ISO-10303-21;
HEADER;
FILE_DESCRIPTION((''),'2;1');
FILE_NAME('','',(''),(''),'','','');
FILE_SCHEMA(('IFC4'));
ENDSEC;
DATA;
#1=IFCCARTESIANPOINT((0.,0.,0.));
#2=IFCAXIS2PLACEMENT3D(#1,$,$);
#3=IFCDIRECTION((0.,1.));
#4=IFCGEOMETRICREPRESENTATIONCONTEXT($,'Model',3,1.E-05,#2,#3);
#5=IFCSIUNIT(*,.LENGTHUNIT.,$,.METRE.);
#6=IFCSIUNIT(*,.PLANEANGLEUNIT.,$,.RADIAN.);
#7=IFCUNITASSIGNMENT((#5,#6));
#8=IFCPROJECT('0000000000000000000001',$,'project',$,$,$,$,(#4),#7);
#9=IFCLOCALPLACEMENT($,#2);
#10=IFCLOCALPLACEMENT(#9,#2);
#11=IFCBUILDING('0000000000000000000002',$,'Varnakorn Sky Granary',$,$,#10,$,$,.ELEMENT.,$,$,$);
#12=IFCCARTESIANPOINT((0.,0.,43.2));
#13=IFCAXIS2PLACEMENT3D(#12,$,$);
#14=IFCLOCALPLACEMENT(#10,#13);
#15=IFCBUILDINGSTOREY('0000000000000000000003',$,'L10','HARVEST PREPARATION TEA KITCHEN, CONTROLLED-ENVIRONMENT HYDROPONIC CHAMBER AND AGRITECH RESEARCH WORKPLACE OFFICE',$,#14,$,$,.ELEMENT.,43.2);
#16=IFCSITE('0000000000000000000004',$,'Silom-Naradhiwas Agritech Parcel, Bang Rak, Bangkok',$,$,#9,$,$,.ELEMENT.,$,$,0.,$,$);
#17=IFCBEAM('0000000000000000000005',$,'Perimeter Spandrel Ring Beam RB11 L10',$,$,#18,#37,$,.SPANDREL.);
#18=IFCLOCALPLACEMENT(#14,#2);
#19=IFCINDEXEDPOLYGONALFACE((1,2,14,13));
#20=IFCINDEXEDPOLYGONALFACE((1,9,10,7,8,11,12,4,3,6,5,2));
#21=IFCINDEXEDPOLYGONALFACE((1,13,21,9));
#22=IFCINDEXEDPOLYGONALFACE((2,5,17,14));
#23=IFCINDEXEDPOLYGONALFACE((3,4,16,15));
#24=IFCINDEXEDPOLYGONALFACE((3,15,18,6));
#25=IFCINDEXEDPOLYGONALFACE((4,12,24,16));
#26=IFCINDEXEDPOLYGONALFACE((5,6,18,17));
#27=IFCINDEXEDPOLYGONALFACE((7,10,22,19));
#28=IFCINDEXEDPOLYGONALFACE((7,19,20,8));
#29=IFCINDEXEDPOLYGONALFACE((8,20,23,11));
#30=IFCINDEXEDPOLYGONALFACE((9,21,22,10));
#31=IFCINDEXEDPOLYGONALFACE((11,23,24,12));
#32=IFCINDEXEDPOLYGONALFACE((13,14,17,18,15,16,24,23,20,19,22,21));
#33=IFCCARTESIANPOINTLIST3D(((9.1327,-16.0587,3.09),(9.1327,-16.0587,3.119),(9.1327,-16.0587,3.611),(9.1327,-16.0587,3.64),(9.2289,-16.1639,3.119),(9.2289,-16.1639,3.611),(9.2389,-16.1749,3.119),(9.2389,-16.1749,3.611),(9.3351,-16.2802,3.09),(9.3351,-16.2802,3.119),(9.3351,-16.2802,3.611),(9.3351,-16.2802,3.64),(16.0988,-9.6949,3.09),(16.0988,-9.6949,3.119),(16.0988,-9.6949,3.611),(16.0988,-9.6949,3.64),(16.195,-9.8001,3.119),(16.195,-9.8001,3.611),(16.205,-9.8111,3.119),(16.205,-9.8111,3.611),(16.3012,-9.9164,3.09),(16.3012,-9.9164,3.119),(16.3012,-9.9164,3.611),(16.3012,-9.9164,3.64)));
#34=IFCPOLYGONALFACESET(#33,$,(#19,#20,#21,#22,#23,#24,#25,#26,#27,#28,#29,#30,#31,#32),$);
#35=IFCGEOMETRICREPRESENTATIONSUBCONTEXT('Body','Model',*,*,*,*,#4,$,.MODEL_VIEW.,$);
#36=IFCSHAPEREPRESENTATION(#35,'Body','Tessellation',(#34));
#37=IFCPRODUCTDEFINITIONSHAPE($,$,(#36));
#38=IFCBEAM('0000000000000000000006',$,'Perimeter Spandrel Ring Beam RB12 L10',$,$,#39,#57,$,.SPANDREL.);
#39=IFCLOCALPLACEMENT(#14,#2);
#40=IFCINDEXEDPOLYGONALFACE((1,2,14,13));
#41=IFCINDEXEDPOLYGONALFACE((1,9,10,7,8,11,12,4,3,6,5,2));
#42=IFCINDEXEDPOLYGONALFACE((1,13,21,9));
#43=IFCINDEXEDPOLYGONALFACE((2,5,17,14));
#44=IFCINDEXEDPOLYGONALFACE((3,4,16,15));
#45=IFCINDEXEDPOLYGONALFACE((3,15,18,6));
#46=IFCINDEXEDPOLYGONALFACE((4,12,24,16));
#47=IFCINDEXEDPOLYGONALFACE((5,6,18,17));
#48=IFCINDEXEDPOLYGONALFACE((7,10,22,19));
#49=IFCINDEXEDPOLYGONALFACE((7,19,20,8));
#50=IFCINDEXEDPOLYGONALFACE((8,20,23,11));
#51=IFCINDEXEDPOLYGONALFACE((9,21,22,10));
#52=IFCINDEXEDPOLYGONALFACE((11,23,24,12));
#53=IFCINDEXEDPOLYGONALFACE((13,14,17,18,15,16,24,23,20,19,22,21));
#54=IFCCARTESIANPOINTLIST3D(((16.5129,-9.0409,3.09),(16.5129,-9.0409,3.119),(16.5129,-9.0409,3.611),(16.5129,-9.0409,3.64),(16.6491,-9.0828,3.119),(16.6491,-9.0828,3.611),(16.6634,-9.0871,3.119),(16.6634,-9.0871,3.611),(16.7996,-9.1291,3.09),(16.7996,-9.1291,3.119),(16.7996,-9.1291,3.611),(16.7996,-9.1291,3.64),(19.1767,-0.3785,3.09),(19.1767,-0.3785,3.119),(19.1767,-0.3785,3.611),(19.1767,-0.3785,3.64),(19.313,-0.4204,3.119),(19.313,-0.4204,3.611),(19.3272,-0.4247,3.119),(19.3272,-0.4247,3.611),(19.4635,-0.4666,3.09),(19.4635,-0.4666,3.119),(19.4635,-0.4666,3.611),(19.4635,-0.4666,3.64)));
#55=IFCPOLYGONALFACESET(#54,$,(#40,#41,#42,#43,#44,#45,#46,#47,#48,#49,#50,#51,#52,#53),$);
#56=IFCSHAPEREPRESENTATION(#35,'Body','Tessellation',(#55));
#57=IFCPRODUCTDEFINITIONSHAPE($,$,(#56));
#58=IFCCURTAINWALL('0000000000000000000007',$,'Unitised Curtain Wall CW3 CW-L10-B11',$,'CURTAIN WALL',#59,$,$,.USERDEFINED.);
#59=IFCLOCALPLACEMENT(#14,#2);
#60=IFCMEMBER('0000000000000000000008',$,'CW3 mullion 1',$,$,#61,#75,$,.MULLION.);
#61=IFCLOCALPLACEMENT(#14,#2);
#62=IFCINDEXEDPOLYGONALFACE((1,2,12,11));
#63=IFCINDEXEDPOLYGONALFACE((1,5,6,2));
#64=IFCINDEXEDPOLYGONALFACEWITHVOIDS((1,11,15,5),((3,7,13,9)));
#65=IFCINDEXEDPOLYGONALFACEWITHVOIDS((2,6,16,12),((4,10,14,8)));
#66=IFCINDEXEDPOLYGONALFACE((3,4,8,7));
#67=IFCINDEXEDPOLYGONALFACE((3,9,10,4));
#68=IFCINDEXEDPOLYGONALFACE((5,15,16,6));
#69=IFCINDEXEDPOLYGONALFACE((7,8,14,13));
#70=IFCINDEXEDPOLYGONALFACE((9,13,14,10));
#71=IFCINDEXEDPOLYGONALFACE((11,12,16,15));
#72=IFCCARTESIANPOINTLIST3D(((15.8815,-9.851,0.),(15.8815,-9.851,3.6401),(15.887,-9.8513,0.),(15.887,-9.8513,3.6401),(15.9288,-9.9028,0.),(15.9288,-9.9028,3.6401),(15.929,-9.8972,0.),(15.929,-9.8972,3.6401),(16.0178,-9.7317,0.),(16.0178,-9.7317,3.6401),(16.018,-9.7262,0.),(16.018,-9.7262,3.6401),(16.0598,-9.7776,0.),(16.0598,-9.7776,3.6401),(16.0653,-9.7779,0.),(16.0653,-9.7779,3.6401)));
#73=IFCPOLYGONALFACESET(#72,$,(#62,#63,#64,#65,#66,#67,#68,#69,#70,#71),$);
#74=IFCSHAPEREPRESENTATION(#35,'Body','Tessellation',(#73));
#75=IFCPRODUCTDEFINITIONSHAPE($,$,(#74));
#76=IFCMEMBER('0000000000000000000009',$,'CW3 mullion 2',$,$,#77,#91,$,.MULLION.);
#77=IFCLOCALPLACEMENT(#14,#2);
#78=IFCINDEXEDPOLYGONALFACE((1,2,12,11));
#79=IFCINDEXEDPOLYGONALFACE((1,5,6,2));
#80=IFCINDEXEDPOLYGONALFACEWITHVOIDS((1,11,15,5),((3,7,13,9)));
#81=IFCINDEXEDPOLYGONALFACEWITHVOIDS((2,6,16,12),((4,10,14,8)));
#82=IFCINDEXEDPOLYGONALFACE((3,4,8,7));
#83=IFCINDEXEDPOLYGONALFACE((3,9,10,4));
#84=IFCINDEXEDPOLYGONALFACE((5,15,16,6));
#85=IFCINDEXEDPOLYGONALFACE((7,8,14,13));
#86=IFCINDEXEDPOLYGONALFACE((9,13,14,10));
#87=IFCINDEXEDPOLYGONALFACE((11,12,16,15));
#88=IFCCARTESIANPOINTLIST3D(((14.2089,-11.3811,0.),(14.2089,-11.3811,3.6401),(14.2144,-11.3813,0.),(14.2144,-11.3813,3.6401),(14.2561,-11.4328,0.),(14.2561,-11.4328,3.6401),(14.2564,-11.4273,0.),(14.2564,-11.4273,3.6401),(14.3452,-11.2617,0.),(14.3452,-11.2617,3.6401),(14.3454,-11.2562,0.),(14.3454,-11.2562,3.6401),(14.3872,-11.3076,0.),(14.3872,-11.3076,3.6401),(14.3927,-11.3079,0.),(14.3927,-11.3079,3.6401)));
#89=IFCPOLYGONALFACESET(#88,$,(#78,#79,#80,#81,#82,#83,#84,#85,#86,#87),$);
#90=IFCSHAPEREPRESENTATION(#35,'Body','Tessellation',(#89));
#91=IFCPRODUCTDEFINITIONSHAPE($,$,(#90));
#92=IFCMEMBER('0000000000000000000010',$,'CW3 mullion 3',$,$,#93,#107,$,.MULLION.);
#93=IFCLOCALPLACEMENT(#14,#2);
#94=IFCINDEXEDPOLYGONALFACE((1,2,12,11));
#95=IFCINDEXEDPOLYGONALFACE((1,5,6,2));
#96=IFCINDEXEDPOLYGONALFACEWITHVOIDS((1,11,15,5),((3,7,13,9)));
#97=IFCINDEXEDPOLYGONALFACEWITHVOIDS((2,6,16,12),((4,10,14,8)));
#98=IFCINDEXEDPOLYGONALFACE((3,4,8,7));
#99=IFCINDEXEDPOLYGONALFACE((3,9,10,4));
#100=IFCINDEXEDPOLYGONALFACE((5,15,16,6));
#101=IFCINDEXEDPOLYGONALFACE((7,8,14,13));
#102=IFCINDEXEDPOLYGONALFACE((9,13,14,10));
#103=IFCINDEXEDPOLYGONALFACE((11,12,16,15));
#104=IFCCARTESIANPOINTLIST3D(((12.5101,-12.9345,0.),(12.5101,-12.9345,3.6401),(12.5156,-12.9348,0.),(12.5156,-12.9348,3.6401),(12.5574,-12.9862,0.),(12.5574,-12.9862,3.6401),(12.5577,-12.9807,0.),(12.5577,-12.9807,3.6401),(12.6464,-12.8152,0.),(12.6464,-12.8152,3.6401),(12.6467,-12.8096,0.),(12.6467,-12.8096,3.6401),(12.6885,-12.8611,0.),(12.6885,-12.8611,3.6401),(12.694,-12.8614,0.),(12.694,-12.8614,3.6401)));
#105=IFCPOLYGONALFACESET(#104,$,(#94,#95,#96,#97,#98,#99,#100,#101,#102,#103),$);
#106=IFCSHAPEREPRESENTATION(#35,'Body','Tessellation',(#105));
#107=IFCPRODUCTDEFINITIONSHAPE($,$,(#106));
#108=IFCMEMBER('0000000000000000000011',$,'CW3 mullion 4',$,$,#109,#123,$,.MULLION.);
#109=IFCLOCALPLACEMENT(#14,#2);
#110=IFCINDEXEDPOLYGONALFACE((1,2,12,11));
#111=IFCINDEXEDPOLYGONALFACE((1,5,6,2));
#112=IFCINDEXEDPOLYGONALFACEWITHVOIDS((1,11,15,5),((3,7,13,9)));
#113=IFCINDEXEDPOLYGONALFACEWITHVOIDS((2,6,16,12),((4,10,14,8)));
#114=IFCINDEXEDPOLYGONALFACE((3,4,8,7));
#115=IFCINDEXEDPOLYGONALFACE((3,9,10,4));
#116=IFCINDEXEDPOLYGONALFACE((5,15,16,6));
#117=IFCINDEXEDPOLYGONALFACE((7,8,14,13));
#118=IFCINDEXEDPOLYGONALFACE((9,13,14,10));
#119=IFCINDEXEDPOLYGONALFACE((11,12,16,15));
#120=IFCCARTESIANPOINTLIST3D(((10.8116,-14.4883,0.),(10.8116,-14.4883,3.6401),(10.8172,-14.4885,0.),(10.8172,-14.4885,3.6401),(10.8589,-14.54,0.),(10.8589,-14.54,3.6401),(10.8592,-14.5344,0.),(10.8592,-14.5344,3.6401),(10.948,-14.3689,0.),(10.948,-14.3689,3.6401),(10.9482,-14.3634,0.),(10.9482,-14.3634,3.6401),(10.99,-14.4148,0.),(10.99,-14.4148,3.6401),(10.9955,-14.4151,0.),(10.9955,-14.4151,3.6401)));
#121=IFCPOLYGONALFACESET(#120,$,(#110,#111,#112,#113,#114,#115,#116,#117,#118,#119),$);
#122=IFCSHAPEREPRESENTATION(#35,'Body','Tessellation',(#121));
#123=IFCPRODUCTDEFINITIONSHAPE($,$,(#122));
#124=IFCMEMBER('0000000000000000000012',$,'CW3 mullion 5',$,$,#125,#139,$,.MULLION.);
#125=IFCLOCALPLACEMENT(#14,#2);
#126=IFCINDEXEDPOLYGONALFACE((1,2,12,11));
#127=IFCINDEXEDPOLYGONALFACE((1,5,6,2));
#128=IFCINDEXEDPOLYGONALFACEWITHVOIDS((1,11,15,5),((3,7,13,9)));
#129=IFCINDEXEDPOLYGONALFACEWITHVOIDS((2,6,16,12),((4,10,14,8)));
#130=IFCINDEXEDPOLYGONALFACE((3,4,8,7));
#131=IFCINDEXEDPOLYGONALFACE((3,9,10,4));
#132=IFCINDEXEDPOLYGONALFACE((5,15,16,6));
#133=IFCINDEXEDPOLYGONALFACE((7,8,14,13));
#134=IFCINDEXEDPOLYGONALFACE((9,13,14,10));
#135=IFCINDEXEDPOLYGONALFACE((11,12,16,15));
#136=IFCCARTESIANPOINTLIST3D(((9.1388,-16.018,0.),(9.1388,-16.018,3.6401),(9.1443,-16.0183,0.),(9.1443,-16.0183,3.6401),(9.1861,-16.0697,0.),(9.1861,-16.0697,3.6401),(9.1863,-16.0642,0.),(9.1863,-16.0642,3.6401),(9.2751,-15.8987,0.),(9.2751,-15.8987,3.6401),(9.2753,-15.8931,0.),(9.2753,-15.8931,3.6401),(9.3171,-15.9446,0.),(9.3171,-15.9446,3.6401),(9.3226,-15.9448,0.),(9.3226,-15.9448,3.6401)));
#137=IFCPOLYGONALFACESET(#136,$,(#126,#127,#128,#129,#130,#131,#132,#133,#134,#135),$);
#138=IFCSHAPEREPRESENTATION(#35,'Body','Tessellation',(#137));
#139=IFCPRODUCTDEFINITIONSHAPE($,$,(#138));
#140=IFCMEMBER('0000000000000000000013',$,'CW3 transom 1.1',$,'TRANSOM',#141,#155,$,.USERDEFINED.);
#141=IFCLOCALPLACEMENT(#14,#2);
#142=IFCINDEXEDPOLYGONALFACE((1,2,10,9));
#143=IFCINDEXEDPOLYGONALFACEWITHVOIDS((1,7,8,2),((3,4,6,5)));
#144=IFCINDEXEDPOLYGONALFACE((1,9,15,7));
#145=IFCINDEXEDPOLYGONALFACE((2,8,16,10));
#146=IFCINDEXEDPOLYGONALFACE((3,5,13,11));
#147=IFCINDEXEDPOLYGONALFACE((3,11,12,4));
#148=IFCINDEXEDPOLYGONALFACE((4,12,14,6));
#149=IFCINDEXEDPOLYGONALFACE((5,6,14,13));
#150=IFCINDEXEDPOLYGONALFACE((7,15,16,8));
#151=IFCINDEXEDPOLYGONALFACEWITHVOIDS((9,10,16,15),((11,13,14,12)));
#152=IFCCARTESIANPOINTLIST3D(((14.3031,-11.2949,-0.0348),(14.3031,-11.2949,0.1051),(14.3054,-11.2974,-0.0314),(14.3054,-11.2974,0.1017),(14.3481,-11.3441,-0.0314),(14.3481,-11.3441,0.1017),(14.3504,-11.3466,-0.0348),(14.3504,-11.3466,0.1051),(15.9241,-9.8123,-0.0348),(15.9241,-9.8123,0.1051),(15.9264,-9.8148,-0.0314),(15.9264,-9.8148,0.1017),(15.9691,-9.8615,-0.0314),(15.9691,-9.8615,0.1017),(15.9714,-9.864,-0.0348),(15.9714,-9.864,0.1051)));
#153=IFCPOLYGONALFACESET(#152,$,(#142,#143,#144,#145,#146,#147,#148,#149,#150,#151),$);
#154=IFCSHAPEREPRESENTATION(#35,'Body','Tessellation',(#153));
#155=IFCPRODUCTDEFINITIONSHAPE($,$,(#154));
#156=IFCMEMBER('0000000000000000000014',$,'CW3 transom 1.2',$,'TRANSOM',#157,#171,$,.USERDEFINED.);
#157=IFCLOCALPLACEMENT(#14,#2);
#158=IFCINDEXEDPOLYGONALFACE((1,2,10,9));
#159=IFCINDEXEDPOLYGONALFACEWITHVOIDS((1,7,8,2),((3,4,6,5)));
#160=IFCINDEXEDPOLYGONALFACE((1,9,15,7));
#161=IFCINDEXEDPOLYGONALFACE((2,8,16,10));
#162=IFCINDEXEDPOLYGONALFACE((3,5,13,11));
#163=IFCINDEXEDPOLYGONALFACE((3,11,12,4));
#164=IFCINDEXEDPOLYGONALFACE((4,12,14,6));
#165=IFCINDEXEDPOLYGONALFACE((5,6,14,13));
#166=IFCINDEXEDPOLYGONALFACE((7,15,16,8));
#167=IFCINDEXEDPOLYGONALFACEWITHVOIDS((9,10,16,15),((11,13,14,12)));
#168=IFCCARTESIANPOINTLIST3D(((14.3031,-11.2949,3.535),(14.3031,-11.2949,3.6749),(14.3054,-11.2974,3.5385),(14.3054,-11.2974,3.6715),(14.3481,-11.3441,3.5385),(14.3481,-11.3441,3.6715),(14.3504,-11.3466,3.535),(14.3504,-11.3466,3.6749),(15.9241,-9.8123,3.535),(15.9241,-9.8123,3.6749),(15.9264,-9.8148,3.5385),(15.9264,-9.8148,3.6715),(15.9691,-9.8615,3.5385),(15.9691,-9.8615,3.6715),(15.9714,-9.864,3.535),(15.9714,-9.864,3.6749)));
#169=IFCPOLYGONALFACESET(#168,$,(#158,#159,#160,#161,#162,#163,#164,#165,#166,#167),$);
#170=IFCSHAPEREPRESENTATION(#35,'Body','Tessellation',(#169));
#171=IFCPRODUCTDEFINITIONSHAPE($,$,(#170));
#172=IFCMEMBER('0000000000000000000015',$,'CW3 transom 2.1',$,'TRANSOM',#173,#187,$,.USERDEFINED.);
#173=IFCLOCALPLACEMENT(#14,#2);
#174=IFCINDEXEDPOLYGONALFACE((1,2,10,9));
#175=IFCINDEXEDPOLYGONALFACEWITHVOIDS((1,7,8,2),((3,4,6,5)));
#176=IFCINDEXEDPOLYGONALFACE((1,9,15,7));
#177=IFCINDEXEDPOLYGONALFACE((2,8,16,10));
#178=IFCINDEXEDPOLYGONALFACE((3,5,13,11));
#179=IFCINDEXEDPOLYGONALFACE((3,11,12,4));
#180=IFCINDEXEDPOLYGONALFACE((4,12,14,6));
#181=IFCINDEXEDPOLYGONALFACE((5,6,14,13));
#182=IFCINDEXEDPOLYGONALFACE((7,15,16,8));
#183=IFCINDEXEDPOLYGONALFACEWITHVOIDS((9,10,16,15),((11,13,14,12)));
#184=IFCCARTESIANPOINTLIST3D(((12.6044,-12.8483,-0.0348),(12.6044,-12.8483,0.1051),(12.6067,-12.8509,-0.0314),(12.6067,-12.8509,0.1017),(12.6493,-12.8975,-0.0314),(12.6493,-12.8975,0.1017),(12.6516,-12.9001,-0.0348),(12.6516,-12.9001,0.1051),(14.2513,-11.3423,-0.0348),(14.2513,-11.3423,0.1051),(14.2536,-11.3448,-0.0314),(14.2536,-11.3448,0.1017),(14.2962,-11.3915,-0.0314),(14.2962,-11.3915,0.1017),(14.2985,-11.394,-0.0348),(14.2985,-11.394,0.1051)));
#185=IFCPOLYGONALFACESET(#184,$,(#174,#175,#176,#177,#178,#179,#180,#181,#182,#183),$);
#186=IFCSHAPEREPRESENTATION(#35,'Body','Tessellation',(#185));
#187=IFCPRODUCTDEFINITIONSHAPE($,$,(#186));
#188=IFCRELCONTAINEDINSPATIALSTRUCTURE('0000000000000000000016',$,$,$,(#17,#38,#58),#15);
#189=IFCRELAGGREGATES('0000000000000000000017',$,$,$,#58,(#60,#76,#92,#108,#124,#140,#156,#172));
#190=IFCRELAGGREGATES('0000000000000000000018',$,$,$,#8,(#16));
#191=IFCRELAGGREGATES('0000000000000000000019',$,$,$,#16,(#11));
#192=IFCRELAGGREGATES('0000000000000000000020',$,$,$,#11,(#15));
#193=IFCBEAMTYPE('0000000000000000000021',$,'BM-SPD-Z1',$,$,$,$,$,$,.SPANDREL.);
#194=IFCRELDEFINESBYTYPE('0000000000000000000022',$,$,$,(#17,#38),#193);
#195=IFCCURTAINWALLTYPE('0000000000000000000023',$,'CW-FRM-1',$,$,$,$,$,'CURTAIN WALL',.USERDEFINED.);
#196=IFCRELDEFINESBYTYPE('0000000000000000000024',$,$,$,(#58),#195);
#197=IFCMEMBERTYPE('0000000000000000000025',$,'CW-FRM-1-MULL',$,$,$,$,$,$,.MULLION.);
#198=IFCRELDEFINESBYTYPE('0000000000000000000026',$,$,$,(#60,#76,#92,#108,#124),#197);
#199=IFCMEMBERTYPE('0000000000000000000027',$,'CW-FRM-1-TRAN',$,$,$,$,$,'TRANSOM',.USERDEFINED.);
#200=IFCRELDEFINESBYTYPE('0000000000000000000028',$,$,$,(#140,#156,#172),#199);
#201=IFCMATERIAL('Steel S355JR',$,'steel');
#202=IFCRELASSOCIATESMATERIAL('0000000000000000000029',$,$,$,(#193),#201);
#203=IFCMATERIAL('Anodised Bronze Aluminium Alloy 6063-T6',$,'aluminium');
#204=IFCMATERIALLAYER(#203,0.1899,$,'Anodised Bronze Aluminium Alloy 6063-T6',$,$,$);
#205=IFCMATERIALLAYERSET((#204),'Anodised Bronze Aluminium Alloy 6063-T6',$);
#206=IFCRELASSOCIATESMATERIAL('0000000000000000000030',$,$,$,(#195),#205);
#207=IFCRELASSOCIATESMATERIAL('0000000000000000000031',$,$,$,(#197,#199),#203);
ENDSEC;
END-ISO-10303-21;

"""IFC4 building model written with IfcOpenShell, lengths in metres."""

from ifc_helpers import new_model, si_unit, direction, frame, origin, origin_2d, place, context, subcontext, project, spatial, hollow_rectangle, i_section, extrude, material, layer, layer_set, material_profile, profile_set, type_object, element, aggregate, save


model = new_model("IFC4")

# Units and contexts
model_context = context("Model", 3, precision=1e-05, world=origin(), true_north=direction((0.0, 1.0)))
body_context = subcontext(model_context, "Body", "Model", "MODEL_VIEW")
ifc_project = project(units=[si_unit("LENGTHUNIT", "METRE"), si_unit("PLANEANGLEUNIT", "RADIAN")], contexts=[model_context])

# Site, building, storey
site_placement = place(None, origin())
site = spatial("IfcSite", under=ifc_project, at=site_placement, Name="Silom-Naradhiwas Agritech Parcel, Bang Rak, Bangkok", CompositionType="ELEMENT", RefElevation=0.0)
building_placement = place(site_placement, origin())
building = spatial("IfcBuilding", under=site, at=building_placement, Name="Varnakorn Sky Granary", CompositionType="ELEMENT")
storey_placement = place(building_placement, frame((0.0, 0.0, 43.2)))
storey = spatial("IfcBuildingStorey", under=building, at=storey_placement, Name="L10", Description="HARVEST PREPARATION TEA KITCHEN, CONTROLLED-ENVIRONMENT HYDROPONIC CHAMBER AND AGRITECH RESEARCH WORKPLACE OFFICE", CompositionType="ELEMENT", Elevation=43.2)

# Beams
ifc_material_1 = material(Name="Steel S355JR", Category="steel")
ifc_material_profile_1 = material_profile(ifc_material_1, i_section(OverallWidth=0.3, OverallDepth=0.55, WebThickness=0.0149, FlangeThickness=0.0291, at=origin_2d()), Name="HE 550 B")
ifc_profile_set_1 = profile_set([ifc_material_profile_1], Name="Steel S355JR")
beam_type_1 = type_object("IfcBeamType", Name="BM-SPD-Z1", PredefinedType="SPANDREL", material=ifc_profile_set_1)
beam_1_placement = place(storey_placement, frame((9.2339, -16.1694, 3.365), z_axis=(0.738303, 0.674469, 0.0), x_axis=(-0.674469, 0.738303, 0.0)))
element("IfcBeam", 1, at=beam_1_placement, inside=storey, type_object=beam_type_1, Name="Perimeter Spandrel Ring Beam RB11 L10", PredefinedType="SPANDREL", context=body_context, shape_type="SweptSolid", body=[
    extrude(i_section(OverallWidth=0.3, OverallDepth=0.55, WebThickness=0.0149, FlangeThickness=0.0291, at=origin_2d()), origin(), (0.0, 0.0, 1.0), 9.4353),
])
beam_2_placement = place(storey_placement, frame((16.6562, -9.085, 3.365), z_axis=(0.293933, 0.955826, 0.0), x_axis=(-0.955826, 0.293933, 0.0)))
element("IfcBeam", 2, at=beam_2_placement, inside=storey, type_object=beam_type_1, Name="Perimeter Spandrel Ring Beam RB12 L10", PredefinedType="SPANDREL", context=body_context, shape_type="SweptSolid", body=[
    extrude(i_section(OverallWidth=0.3, OverallDepth=0.55, WebThickness=0.0149, FlangeThickness=0.0291, at=origin_2d()), origin(), (0.0, 0.0, 1.0), 9.0627),
])

# Curtain wall, members
ifc_material_2 = material(Name="Anodised Bronze Aluminium Alloy 6063-T6", Category="aluminium")
ifc_layer_1 = layer(ifc_material_2, 0.1899, Name="Anodised Bronze Aluminium Alloy 6063-T6")
ifc_layer_set_1 = layer_set([ifc_layer_1], Name="Anodised Bronze Aluminium Alloy 6063-T6")
curtain_wall_type = type_object("IfcCurtainWallType", Name="CW-FRM-1", ElementType="CURTAIN WALL", PredefinedType="USERDEFINED", material=ifc_layer_set_1)
curtain_wall_placement = place(storey_placement, origin())
curtain_wall = element("IfcCurtainWall", 3, at=curtain_wall_placement, inside=storey, type_object=curtain_wall_type, Name="Unitised Curtain Wall CW3 CW-L10-B11", ObjectType="CURTAIN WALL", PredefinedType="USERDEFINED")
ifc_material_profile_2 = material_profile(ifc_material_2, hollow_rectangle(XDim=0.0701, YDim=0.1851, WallThickness=0.0039, at=origin_2d()), Name="ALU MULL 70x185")
ifc_profile_set_2 = profile_set([ifc_material_profile_2], Name="Anodised Bronze Aluminium Alloy 6063-T6")
member_type_1 = type_object("IfcMemberType", Name="CW-FRM-1-MULL", PredefinedType="MULLION", material=ifc_profile_set_2)
member_1_placement = place(storey_placement, frame((15.9734, -9.8145, 0.0), z_axis=(0.0, 0.0, 1.0), x_axis=(0.674903, -0.737906, 0.0)))
member_1 = element("IfcMember", 4, at=member_1_placement, type_object=member_type_1, Name="CW3 mullion 1", PredefinedType="MULLION", context=body_context, shape_type="SweptSolid", body=[
    extrude(hollow_rectangle(XDim=0.0701, YDim=0.1851, WallThickness=0.0039, at=origin_2d()), origin(), (0.0, 0.0, 1.0), 3.6401),
])
member_2_placement = place(storey_placement, frame((14.3008, -11.3445, 0.0), z_axis=(0.0, 0.0, 1.0), x_axis=(0.674903, -0.737906, 0.0)))
member_2 = element("IfcMember", 5, at=member_2_placement, type_object=member_type_1, Name="CW3 mullion 2", PredefinedType="MULLION", context=body_context, shape_type="SweptSolid", body=[
    extrude(hollow_rectangle(XDim=0.0701, YDim=0.1851, WallThickness=0.0039, at=origin_2d()), origin(), (0.0, 0.0, 1.0), 3.6401),
])
member_3_placement = place(storey_placement, frame((12.6021, -12.8979, 0.0), z_axis=(0.0, 0.0, 1.0), x_axis=(0.674903, -0.737906, 0.0)))
member_3 = element("IfcMember", 6, at=member_3_placement, type_object=member_type_1, Name="CW3 mullion 3", PredefinedType="MULLION", context=body_context, shape_type="SweptSolid", body=[
    extrude(hollow_rectangle(XDim=0.0701, YDim=0.1851, WallThickness=0.0039, at=origin_2d()), origin(), (0.0, 0.0, 1.0), 3.6401),
])
member_4_placement = place(storey_placement, frame((10.9036, -14.4517, 0.0), z_axis=(0.0, 0.0, 1.0), x_axis=(0.674903, -0.737906, 0.0)))
member_4 = element("IfcMember", 7, at=member_4_placement, type_object=member_type_1, Name="CW3 mullion 4", PredefinedType="MULLION", context=body_context, shape_type="SweptSolid", body=[
    extrude(hollow_rectangle(XDim=0.0701, YDim=0.1851, WallThickness=0.0039, at=origin_2d()), origin(), (0.0, 0.0, 1.0), 3.6401),
])
member_5_placement = place(storey_placement, frame((9.2307, -15.9814, 0.0), z_axis=(0.0, 0.0, 1.0), x_axis=(0.674903, -0.737906, 0.0)))
member_5 = element("IfcMember", 8, at=member_5_placement, type_object=member_type_1, Name="CW3 mullion 5", PredefinedType="MULLION", context=body_context, shape_type="SweptSolid", body=[
    extrude(hollow_rectangle(XDim=0.0701, YDim=0.1851, WallThickness=0.0039, at=origin_2d()), origin(), (0.0, 0.0, 1.0), 3.6401),
])
ifc_material_profile_3 = material_profile(ifc_material_2, hollow_rectangle(XDim=0.0701, YDim=0.1399, WallThickness=0.0034, at=origin_2d()), Name="ALU TRAN 70x140")
ifc_profile_set_3 = profile_set([ifc_material_profile_3], Name="Anodised Bronze Aluminium Alloy 6063-T6")
member_type_2 = type_object("IfcMemberType", Name="CW-FRM-1-TRAN", ElementType="TRANSOM", PredefinedType="USERDEFINED", material=ifc_profile_set_3)
member_6_placement = place(storey_placement, frame((15.9478, -9.8381, 0.0352), z_axis=(-0.73791, -0.674899, 0.0), x_axis=(0.674899, -0.73791, 0.0)))
member_6 = element("IfcMember", 9, at=member_6_placement, type_object=member_type_2, Name="CW3 transom 1.1", ObjectType="TRANSOM", PredefinedType="USERDEFINED", context=body_context, shape_type="SweptSolid", body=[
    extrude(hollow_rectangle(XDim=0.0701, YDim=0.1399, WallThickness=0.0034, at=origin_2d()), origin(), (0.0, 0.0, 1.0), 2.1968),
])
member_7_placement = place(storey_placement, frame((15.9478, -9.8381, 3.605), z_axis=(-0.73791, -0.674899, 0.0), x_axis=(0.674899, -0.73791, 0.0)))
member_7 = element("IfcMember", 10, at=member_7_placement, type_object=member_type_2, Name="CW3 transom 1.2", ObjectType="TRANSOM", PredefinedType="USERDEFINED", context=body_context, shape_type="SweptSolid", body=[
    extrude(hollow_rectangle(XDim=0.0701, YDim=0.1399, WallThickness=0.0034, at=origin_2d()), origin(), (0.0, 0.0, 1.0), 2.1968),
])
member_8_placement = place(storey_placement, frame((14.2749, -11.3682, 0.0352), z_axis=(-0.737962, -0.674842, 0.0), x_axis=(0.674842, -0.737962, 0.0)))
member_8 = element("IfcMember", 11, at=member_8_placement, type_object=member_type_2, Name="CW3 transom 2.1", ObjectType="TRANSOM", PredefinedType="USERDEFINED", context=body_context, shape_type="SweptSolid", body=[
    extrude(hollow_rectangle(XDim=0.0701, YDim=0.1399, WallThickness=0.0034, at=origin_2d()), origin(), (0.0, 0.0, 1.0), 2.2317),
])

aggregate(curtain_wall, [member_1, member_2, member_3, member_4, member_5, member_6, member_7, member_8])

save(model, "model.ifc")
